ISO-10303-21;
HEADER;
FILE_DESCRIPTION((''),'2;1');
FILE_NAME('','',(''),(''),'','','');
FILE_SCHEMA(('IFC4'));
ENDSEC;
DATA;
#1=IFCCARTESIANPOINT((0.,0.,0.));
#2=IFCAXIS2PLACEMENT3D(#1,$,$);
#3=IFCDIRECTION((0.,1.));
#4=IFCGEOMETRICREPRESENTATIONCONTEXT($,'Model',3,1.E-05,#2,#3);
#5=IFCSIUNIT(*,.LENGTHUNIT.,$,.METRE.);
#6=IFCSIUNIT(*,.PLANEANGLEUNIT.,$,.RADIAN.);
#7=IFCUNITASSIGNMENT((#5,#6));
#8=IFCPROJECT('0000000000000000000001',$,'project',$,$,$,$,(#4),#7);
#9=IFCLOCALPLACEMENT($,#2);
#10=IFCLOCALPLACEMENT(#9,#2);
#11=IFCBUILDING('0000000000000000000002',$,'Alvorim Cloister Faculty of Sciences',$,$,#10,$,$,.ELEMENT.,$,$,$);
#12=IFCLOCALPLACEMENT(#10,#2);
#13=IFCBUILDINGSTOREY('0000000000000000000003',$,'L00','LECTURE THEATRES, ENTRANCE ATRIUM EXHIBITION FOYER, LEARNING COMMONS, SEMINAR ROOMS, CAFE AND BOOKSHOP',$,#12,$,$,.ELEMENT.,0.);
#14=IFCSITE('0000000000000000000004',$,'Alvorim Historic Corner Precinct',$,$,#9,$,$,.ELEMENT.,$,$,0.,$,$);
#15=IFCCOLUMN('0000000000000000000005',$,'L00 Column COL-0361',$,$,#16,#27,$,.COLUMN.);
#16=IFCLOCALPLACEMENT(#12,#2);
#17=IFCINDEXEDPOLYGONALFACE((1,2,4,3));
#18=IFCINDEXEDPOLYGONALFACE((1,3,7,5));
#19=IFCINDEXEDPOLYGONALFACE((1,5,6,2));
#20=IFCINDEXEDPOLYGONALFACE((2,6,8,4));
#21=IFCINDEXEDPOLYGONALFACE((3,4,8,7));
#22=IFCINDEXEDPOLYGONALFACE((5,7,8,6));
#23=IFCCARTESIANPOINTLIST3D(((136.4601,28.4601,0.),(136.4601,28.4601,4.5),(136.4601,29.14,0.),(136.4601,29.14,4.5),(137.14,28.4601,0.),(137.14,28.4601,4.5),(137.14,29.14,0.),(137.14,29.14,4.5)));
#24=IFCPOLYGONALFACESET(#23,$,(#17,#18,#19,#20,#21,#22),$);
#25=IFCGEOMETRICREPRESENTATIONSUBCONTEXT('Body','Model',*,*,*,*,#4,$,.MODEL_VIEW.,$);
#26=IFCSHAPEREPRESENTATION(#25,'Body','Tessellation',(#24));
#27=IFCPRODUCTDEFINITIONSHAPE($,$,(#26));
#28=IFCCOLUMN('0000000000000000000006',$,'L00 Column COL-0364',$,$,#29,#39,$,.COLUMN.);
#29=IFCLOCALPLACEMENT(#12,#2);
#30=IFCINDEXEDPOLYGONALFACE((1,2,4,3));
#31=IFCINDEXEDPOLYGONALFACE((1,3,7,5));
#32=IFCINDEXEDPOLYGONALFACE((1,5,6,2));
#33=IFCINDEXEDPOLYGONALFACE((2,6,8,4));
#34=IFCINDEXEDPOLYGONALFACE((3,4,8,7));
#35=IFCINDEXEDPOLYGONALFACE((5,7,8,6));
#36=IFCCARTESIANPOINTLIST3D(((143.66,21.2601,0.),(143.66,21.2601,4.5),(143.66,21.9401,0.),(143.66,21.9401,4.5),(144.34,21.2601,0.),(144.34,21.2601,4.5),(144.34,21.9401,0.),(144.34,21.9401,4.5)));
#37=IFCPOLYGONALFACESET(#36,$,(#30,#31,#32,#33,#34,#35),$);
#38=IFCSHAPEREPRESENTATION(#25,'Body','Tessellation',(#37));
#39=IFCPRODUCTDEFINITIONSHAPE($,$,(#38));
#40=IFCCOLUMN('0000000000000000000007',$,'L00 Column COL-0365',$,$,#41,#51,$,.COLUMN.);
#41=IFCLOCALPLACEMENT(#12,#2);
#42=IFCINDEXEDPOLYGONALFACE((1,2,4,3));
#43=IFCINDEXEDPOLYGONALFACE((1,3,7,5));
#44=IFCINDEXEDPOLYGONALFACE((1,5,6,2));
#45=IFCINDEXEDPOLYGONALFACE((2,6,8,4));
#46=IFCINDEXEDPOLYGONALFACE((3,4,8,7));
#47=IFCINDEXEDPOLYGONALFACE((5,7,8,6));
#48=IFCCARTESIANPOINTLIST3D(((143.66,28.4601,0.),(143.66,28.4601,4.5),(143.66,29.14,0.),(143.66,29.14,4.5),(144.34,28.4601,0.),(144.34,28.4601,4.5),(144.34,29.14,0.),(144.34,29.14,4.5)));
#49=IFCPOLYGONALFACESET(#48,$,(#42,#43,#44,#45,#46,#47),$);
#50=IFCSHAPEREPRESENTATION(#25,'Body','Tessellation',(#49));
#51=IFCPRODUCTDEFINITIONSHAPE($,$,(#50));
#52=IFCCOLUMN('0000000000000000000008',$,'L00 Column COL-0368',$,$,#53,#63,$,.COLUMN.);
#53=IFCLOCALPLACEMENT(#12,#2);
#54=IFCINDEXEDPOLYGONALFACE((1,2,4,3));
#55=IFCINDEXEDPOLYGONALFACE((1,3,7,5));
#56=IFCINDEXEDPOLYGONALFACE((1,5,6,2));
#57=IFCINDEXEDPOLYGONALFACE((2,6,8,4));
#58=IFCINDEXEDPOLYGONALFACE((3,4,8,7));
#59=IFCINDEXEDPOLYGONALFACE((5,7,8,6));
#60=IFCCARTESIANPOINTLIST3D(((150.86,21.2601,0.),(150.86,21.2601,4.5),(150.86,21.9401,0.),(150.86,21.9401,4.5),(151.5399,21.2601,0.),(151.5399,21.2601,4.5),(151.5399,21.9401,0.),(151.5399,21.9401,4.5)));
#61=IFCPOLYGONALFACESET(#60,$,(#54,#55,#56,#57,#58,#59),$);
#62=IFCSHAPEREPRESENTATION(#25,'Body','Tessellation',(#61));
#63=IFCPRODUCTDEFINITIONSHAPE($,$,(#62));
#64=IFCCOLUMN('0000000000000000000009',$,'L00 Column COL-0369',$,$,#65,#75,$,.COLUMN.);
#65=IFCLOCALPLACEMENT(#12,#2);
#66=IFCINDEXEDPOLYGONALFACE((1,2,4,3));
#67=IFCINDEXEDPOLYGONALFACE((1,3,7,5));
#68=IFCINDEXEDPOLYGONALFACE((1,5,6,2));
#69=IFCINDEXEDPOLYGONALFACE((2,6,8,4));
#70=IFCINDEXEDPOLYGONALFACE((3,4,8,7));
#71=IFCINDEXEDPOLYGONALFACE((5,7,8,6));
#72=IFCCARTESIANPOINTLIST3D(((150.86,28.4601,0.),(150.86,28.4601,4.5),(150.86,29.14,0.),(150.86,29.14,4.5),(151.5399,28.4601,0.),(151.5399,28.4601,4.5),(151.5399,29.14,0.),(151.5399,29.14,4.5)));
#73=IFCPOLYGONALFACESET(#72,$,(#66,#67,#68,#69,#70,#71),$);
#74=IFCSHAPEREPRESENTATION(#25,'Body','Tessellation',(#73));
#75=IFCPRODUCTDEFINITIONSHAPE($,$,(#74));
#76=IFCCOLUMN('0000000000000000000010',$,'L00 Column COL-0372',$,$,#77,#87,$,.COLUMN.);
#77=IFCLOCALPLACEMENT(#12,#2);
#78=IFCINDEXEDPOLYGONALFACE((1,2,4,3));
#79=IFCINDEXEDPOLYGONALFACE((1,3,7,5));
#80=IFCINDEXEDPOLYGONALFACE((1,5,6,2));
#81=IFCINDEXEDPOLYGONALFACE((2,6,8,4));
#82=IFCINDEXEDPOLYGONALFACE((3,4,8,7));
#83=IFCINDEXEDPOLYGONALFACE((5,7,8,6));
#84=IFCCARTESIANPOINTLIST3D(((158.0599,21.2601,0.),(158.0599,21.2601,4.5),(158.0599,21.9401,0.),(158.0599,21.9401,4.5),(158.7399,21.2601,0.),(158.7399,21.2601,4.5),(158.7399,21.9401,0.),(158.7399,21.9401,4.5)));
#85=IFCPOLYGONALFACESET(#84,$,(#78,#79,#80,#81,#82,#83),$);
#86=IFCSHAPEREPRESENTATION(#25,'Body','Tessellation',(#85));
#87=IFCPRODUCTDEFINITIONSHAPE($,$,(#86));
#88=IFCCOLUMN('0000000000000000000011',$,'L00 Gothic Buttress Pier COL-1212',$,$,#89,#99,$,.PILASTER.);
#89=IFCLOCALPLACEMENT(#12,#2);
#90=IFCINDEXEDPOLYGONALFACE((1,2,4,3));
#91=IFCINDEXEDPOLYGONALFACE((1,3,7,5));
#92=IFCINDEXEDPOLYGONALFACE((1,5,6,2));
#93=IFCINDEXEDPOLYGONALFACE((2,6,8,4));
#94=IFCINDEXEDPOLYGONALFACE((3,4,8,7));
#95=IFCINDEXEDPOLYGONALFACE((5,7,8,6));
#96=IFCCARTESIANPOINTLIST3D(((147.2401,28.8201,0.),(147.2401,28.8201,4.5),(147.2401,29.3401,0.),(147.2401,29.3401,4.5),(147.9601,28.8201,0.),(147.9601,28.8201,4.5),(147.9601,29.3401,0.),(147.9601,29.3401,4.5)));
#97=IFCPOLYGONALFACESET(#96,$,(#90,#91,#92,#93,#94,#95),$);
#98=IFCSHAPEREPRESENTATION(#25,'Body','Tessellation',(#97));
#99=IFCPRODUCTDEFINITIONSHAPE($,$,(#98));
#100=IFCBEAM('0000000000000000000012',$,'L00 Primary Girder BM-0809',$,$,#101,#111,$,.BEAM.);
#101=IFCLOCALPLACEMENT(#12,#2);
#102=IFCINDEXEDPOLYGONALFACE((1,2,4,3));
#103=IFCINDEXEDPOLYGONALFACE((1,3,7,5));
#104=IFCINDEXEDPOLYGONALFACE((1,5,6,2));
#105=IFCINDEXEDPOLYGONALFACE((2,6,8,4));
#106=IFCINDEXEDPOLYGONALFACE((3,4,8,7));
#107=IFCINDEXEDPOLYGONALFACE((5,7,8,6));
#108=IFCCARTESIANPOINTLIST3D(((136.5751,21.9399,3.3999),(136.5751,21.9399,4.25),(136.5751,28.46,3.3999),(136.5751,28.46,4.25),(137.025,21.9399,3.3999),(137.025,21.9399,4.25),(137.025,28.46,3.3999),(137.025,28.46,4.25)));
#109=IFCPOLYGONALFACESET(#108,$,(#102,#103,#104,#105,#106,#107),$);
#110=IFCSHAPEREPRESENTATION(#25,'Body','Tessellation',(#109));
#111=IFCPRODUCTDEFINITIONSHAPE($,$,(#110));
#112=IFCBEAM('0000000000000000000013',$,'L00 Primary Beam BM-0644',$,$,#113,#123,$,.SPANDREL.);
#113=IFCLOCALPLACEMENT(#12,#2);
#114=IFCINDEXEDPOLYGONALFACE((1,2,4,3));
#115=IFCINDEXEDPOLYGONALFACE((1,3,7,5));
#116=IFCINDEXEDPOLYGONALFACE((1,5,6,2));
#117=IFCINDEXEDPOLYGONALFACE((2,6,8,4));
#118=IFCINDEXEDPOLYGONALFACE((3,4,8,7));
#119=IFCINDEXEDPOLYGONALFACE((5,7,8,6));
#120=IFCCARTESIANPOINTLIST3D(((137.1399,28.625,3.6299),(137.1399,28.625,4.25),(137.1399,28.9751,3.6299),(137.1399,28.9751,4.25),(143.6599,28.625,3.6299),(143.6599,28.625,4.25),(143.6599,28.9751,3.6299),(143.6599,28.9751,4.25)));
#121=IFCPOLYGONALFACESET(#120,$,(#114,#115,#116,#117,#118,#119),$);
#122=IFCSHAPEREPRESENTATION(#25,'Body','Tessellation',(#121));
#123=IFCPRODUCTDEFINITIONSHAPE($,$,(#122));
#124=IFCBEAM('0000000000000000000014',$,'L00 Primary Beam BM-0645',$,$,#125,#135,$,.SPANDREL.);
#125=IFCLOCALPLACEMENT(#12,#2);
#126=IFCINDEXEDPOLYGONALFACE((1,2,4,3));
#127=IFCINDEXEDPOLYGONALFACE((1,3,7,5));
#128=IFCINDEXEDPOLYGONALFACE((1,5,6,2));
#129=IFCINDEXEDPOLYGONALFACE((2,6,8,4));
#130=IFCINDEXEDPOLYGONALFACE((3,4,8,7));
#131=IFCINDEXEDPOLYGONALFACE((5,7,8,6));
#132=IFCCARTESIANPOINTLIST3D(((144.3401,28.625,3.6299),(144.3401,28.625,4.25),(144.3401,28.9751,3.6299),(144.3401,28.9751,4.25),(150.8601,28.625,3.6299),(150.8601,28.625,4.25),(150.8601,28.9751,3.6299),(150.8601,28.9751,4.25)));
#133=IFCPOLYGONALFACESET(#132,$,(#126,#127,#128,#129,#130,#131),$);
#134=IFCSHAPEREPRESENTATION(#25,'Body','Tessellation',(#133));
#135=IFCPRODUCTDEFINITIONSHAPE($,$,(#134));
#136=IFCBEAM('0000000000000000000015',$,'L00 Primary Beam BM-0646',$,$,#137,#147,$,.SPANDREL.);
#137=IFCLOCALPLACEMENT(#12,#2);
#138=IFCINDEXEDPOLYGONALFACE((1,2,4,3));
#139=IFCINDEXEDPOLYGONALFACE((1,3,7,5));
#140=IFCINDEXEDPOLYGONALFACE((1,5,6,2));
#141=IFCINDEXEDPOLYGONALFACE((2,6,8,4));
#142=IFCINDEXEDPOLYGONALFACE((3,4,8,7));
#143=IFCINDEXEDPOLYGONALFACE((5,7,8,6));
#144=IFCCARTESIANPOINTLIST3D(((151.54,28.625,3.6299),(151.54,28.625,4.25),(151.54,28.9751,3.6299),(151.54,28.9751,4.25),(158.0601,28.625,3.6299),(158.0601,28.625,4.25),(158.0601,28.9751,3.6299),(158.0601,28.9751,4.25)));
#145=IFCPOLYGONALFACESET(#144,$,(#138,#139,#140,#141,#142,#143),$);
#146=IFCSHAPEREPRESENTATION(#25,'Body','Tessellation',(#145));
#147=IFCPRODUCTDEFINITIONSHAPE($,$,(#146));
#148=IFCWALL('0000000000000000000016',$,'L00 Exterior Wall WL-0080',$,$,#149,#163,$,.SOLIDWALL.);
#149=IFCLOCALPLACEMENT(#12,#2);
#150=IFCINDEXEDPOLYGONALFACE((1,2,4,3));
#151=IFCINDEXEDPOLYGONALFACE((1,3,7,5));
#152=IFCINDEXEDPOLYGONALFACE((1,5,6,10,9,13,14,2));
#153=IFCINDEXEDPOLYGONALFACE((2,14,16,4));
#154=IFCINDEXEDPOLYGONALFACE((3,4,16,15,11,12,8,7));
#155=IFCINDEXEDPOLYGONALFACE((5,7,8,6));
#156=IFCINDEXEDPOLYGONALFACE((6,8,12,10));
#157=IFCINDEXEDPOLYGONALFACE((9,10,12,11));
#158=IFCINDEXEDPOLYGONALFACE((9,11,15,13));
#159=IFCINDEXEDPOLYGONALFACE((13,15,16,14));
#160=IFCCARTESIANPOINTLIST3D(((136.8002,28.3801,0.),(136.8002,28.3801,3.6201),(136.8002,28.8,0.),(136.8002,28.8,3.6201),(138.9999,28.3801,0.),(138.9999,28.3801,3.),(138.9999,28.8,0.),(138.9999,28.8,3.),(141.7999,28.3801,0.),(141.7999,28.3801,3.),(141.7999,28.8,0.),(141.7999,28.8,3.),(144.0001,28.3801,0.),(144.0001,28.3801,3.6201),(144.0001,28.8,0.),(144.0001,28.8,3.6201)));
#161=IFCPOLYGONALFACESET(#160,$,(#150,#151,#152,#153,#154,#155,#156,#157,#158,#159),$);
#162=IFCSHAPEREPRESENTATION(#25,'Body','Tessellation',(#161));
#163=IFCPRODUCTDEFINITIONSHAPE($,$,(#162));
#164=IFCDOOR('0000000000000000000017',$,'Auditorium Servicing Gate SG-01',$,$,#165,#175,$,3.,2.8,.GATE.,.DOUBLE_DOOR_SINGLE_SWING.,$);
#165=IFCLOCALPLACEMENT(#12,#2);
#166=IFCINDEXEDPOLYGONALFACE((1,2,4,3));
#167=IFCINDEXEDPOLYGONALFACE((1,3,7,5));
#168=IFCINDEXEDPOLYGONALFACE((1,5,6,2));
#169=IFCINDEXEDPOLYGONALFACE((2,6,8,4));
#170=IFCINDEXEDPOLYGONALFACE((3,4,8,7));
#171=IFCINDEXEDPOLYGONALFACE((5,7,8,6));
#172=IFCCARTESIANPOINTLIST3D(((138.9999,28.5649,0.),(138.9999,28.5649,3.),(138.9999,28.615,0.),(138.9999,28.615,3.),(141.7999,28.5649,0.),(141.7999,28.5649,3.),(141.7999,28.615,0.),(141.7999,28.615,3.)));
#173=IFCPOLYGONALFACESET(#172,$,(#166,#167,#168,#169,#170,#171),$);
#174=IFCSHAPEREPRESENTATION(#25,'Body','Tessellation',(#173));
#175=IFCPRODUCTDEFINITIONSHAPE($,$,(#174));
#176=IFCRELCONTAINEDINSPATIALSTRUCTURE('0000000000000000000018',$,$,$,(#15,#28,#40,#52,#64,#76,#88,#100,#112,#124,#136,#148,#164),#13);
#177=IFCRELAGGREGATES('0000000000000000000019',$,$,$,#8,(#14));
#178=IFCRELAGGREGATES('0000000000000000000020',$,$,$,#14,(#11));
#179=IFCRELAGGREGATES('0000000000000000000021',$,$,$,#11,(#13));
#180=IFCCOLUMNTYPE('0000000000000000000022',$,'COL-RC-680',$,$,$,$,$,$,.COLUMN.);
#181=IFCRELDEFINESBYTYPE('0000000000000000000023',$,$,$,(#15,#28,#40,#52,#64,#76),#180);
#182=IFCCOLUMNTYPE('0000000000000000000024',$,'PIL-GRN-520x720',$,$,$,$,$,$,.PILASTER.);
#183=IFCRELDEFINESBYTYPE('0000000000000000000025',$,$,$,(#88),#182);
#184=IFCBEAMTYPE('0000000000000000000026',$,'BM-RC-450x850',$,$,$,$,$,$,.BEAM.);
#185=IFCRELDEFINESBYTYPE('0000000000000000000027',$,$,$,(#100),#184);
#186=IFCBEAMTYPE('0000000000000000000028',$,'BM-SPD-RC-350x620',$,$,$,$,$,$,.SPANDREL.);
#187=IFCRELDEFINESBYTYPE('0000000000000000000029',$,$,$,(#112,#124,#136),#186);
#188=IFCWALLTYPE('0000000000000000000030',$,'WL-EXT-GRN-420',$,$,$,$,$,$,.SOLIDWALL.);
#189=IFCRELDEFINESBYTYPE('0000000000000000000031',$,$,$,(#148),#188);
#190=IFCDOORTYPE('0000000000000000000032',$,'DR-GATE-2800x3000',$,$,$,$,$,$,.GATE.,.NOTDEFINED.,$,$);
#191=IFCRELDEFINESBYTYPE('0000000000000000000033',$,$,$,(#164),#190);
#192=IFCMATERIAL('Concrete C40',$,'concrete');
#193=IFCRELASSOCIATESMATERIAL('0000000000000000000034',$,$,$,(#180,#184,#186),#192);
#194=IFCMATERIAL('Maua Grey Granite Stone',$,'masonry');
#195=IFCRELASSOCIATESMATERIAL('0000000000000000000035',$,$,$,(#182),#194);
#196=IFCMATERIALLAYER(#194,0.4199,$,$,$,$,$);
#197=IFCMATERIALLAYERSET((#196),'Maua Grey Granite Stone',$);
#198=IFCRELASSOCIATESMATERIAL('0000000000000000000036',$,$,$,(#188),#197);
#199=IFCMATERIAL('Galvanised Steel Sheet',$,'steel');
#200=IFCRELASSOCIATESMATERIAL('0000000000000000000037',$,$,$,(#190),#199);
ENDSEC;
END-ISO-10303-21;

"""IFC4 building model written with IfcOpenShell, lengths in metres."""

from ifc_helpers import new_model, si_unit, direction, frame, frame_2d, origin, origin_2d, place, context, subcontext, project, spatial, rectangle, extrude, material, layer, layer_set, material_profile, profile_set, type_object, element, fill, save


model = new_model("IFC4")

# Units and contexts
model_context = context("Model", 3, precision=1e-05, world=origin(), true_north=direction((0.0, 1.0)))
body_context = subcontext(model_context, "Body", "Model", "MODEL_VIEW")
ifc_project = project(units=[si_unit("LENGTHUNIT", "METRE"), si_unit("PLANEANGLEUNIT", "RADIAN")], contexts=[model_context])

# Site, building, storey
site_placement = place(None, origin())
site = spatial("IfcSite", under=ifc_project, at=site_placement, Name="Alvorim Historic Corner Precinct", CompositionType="ELEMENT", RefElevation=0.0)
building_placement = place(site_placement, origin())
building = spatial("IfcBuilding", under=site, at=building_placement, Name="Alvorim Cloister Faculty of Sciences", CompositionType="ELEMENT")
storey_placement = place(building_placement, origin())
storey = spatial("IfcBuildingStorey", under=building, at=storey_placement, Name="L00", Description="LECTURE THEATRES, ENTRANCE ATRIUM EXHIBITION FOYER, LEARNING COMMONS, SEMINAR ROOMS, CAFE AND BOOKSHOP", CompositionType="ELEMENT", Elevation=0.0)

# Columns
ifc_material_1 = material(Name="Concrete C40", Category="concrete")
ifc_material_profile_1 = material_profile(ifc_material_1, rectangle(XDim=0.6799, YDim=0.6799, at=origin_2d()), Name="RC40-COL-680x680")
ifc_profile_set_1 = profile_set([ifc_material_profile_1], Name="Concrete C40")
column_type_1 = type_object("IfcColumnType", Name="COL-RC-680", PredefinedType="COLUMN", material=ifc_profile_set_1)
for number, where, z_axis, x_axis, name in (
    (1, (136.8, 28.8, 0.0), (0.0, 0.0, 1.0), (1.0, 0.0, 0.0), "L00 Column COL-0361"),
    (2, (144.0, 21.6001, 0.0), (0.0, 0.0, 1.0), (1.0, 0.0, 0.0), "L00 Column COL-0364"),
    (3, (144.0, 28.8, 0.0), (0.0, 0.0, 1.0), (1.0, 0.0, 0.0), "L00 Column COL-0365"),
    (4, (151.2, 21.6001, 0.0), (0.0, 0.0, 1.0), (1.0, 0.0, 0.0), "L00 Column COL-0368"),
    (5, (151.2, 28.8, 0.0), (0.0, 0.0, 1.0), (1.0, 0.0, 0.0), "L00 Column COL-0369"),
    (6, (158.3999, 21.6001, 0.0), (0.0, 0.0, 1.0), (1.0, 0.0, 0.0), "L00 Column COL-0372"),
):
    element("IfcColumn", number, at=place(storey_placement, frame(where, z_axis=z_axis, x_axis=x_axis)), inside=storey, type_object=column_type_1, Name=name, PredefinedType="COLUMN", context=body_context, shape_type="SweptSolid", body=[
        extrude(rectangle(XDim=0.6799, YDim=0.6799, at=origin_2d()), origin(), (0.0, 0.0, 1.0), 4.5),
    ])
ifc_material_2 = material(Name="Maua Grey Granite Stone", Category="masonry")
ifc_material_profile_2 = material_profile(ifc_material_2, rectangle(XDim=0.52, YDim=0.72, at=origin_2d()), Name="GRN-PIER-520x720")
ifc_profile_set_2 = profile_set([ifc_material_profile_2], Name="Maua Grey Granite Stone")
column_type_2 = type_object("IfcColumnType", Name="PIL-GRN-520x720", PredefinedType="PILASTER", material=ifc_profile_set_2)
column_placement = place(storey_placement, frame((147.6001, 29.0801, 0.0), z_axis=(0.0, 0.0, 1.0), x_axis=(0.0, 1.0, 0.0)))
element("IfcColumn", 7, at=column_placement, inside=storey, type_object=column_type_2, Name="L00 Gothic Buttress Pier COL-1212", PredefinedType="PILASTER", context=body_context, shape_type="SweptSolid", body=[
    extrude(rectangle(XDim=0.52, YDim=0.72, at=origin_2d()), origin(), (0.0, 0.0, 1.0), 4.5),
])

# Beams
ifc_material_profile_3 = material_profile(ifc_material_1, rectangle(XDim=0.45, YDim=0.8501, at=origin_2d()), Name="RC40-BM-450x850")
ifc_profile_set_3 = profile_set([ifc_material_profile_3], Name="Concrete C40")
beam_type_1 = type_object("IfcBeamType", Name="BM-RC-450x850", PredefinedType="BEAM", material=ifc_profile_set_3)
beam_placement = place(storey_placement, frame((136.8, 21.9399, 3.825), z_axis=(0.0, 1.0, 0.0), x_axis=(-1.0, 0.0, 0.0)))
element("IfcBeam", 8, at=beam_placement, inside=storey, type_object=beam_type_1, Name="L00 Primary Girder BM-0809", PredefinedType="BEAM", context=body_context, shape_type="SweptSolid", body=[
    extrude(rectangle(XDim=0.45, YDim=0.8501, at=origin_2d()), origin(), (0.0, 0.0, 1.0), 6.52),
])
ifc_material_profile_4 = material_profile(ifc_material_1, rectangle(XDim=0.3501, YDim=0.6201, at=origin_2d()), Name="RC40-SPD-350x620")
ifc_profile_set_4 = profile_set([ifc_material_profile_4], Name="Concrete C40")
beam_type_2 = type_object("IfcBeamType", Name="BM-SPD-RC-350x620", PredefinedType="SPANDREL", material=ifc_profile_set_4)
for number, where, z_axis, x_axis, name in (
    (9, (137.1399, 28.8, 3.9399), (1.0, 0.0, 0.0), (0.0, 1.0, 0.0), "L00 Primary Beam BM-0644"),
    (10, (144.3401, 28.8, 3.9399), (1.0, 0.0, 0.0), (0.0, 1.0, 0.0), "L00 Primary Beam BM-0645"),
    (11, (151.54, 28.8, 3.9399), (1.0, 0.0, 0.0), (0.0, 1.0, 0.0), "L00 Primary Beam BM-0646"),
):
    element("IfcBeam", number, at=place(storey_placement, frame(where, z_axis=z_axis, x_axis=x_axis)), inside=storey, type_object=beam_type_2, Name=name, PredefinedType="SPANDREL", context=body_context, shape_type="SweptSolid", body=[
        extrude(rectangle(XDim=0.3501, YDim=0.6201, at=origin_2d()), origin(), (0.0, 0.0, 1.0), 6.52),
    ])

# Wall, opening, door
ifc_layer_1 = layer(ifc_material_2, 0.4199)
ifc_layer_set_1 = layer_set([ifc_layer_1], Name="Maua Grey Granite Stone")
wall_type_1 = type_object("IfcWallType", Name="WL-EXT-GRN-420", PredefinedType="SOLIDWALL", material=ifc_layer_set_1)
wall_1_placement = place(storey_placement, frame((136.8, 28.5901, 0.0), z_axis=(0.0, 0.0, 1.0), x_axis=(1.0, 0.0, 0.0)))
wall_1 = element("IfcWall", 12, at=wall_1_placement, inside=storey, type_object=wall_type_1, Name="L00 Exterior Wall WL-0080", PredefinedType="SOLIDWALL", context=body_context, shape_type="SweptSolid", body=[
    extrude(rectangle(XDim=7.2, YDim=0.4199, at=frame_2d((3.6001, 0.0))), origin(), (0.0, 0.0, 1.0), 3.6201),
])
opening_1_placement = place(wall_1_placement, frame((2.2, 0.0, 0.0)))
opening_1 = element("IfcOpeningElement", 13, at=opening_1_placement, cuts=wall_1, PredefinedType="OPENING", context=body_context, shape_type="SweptSolid", body=[
    extrude(rectangle(XDim=2.8, YDim=3.0, at=frame_2d((1.3999, 1.5))), frame((0.0, 0.2219, 0.0), z_axis=(0.0, -1.0, 0.0), x_axis=(1.0, 0.0, 0.0)), (0.0, 0.0, 1.0), 0.4438),
])
ifc_material_3 = material(Name="Galvanised Steel Sheet", Category="steel")
door_type_1 = type_object("IfcDoorType", Name="DR-GATE-2800x3000", OperationType="NOTDEFINED", PredefinedType="GATE", material=ifc_material_3)
door_1_placement = place(opening_1_placement, origin())
door_1 = element("IfcDoor", 14, at=door_1_placement, inside=storey, type_object=door_type_1, Name="Auditorium Servicing Gate SG-01", OperationType="DOUBLE_DOOR_SINGLE_SWING", OverallHeight=3.0, OverallWidth=2.8, PredefinedType="GATE", context=body_context, shape_type="SweptSolid", body=[
    extrude(rectangle(XDim=2.8, YDim=3.0, at=frame_2d((1.3999, 1.5))), frame((0.0, 0.0249, 0.0), z_axis=(0.0, -1.0, 0.0), x_axis=(1.0, 0.0, 0.0)), (0.0, 0.0, 1.0), 0.05),
])
fill(opening_1, door_1)

save(model, "model.ifc")
